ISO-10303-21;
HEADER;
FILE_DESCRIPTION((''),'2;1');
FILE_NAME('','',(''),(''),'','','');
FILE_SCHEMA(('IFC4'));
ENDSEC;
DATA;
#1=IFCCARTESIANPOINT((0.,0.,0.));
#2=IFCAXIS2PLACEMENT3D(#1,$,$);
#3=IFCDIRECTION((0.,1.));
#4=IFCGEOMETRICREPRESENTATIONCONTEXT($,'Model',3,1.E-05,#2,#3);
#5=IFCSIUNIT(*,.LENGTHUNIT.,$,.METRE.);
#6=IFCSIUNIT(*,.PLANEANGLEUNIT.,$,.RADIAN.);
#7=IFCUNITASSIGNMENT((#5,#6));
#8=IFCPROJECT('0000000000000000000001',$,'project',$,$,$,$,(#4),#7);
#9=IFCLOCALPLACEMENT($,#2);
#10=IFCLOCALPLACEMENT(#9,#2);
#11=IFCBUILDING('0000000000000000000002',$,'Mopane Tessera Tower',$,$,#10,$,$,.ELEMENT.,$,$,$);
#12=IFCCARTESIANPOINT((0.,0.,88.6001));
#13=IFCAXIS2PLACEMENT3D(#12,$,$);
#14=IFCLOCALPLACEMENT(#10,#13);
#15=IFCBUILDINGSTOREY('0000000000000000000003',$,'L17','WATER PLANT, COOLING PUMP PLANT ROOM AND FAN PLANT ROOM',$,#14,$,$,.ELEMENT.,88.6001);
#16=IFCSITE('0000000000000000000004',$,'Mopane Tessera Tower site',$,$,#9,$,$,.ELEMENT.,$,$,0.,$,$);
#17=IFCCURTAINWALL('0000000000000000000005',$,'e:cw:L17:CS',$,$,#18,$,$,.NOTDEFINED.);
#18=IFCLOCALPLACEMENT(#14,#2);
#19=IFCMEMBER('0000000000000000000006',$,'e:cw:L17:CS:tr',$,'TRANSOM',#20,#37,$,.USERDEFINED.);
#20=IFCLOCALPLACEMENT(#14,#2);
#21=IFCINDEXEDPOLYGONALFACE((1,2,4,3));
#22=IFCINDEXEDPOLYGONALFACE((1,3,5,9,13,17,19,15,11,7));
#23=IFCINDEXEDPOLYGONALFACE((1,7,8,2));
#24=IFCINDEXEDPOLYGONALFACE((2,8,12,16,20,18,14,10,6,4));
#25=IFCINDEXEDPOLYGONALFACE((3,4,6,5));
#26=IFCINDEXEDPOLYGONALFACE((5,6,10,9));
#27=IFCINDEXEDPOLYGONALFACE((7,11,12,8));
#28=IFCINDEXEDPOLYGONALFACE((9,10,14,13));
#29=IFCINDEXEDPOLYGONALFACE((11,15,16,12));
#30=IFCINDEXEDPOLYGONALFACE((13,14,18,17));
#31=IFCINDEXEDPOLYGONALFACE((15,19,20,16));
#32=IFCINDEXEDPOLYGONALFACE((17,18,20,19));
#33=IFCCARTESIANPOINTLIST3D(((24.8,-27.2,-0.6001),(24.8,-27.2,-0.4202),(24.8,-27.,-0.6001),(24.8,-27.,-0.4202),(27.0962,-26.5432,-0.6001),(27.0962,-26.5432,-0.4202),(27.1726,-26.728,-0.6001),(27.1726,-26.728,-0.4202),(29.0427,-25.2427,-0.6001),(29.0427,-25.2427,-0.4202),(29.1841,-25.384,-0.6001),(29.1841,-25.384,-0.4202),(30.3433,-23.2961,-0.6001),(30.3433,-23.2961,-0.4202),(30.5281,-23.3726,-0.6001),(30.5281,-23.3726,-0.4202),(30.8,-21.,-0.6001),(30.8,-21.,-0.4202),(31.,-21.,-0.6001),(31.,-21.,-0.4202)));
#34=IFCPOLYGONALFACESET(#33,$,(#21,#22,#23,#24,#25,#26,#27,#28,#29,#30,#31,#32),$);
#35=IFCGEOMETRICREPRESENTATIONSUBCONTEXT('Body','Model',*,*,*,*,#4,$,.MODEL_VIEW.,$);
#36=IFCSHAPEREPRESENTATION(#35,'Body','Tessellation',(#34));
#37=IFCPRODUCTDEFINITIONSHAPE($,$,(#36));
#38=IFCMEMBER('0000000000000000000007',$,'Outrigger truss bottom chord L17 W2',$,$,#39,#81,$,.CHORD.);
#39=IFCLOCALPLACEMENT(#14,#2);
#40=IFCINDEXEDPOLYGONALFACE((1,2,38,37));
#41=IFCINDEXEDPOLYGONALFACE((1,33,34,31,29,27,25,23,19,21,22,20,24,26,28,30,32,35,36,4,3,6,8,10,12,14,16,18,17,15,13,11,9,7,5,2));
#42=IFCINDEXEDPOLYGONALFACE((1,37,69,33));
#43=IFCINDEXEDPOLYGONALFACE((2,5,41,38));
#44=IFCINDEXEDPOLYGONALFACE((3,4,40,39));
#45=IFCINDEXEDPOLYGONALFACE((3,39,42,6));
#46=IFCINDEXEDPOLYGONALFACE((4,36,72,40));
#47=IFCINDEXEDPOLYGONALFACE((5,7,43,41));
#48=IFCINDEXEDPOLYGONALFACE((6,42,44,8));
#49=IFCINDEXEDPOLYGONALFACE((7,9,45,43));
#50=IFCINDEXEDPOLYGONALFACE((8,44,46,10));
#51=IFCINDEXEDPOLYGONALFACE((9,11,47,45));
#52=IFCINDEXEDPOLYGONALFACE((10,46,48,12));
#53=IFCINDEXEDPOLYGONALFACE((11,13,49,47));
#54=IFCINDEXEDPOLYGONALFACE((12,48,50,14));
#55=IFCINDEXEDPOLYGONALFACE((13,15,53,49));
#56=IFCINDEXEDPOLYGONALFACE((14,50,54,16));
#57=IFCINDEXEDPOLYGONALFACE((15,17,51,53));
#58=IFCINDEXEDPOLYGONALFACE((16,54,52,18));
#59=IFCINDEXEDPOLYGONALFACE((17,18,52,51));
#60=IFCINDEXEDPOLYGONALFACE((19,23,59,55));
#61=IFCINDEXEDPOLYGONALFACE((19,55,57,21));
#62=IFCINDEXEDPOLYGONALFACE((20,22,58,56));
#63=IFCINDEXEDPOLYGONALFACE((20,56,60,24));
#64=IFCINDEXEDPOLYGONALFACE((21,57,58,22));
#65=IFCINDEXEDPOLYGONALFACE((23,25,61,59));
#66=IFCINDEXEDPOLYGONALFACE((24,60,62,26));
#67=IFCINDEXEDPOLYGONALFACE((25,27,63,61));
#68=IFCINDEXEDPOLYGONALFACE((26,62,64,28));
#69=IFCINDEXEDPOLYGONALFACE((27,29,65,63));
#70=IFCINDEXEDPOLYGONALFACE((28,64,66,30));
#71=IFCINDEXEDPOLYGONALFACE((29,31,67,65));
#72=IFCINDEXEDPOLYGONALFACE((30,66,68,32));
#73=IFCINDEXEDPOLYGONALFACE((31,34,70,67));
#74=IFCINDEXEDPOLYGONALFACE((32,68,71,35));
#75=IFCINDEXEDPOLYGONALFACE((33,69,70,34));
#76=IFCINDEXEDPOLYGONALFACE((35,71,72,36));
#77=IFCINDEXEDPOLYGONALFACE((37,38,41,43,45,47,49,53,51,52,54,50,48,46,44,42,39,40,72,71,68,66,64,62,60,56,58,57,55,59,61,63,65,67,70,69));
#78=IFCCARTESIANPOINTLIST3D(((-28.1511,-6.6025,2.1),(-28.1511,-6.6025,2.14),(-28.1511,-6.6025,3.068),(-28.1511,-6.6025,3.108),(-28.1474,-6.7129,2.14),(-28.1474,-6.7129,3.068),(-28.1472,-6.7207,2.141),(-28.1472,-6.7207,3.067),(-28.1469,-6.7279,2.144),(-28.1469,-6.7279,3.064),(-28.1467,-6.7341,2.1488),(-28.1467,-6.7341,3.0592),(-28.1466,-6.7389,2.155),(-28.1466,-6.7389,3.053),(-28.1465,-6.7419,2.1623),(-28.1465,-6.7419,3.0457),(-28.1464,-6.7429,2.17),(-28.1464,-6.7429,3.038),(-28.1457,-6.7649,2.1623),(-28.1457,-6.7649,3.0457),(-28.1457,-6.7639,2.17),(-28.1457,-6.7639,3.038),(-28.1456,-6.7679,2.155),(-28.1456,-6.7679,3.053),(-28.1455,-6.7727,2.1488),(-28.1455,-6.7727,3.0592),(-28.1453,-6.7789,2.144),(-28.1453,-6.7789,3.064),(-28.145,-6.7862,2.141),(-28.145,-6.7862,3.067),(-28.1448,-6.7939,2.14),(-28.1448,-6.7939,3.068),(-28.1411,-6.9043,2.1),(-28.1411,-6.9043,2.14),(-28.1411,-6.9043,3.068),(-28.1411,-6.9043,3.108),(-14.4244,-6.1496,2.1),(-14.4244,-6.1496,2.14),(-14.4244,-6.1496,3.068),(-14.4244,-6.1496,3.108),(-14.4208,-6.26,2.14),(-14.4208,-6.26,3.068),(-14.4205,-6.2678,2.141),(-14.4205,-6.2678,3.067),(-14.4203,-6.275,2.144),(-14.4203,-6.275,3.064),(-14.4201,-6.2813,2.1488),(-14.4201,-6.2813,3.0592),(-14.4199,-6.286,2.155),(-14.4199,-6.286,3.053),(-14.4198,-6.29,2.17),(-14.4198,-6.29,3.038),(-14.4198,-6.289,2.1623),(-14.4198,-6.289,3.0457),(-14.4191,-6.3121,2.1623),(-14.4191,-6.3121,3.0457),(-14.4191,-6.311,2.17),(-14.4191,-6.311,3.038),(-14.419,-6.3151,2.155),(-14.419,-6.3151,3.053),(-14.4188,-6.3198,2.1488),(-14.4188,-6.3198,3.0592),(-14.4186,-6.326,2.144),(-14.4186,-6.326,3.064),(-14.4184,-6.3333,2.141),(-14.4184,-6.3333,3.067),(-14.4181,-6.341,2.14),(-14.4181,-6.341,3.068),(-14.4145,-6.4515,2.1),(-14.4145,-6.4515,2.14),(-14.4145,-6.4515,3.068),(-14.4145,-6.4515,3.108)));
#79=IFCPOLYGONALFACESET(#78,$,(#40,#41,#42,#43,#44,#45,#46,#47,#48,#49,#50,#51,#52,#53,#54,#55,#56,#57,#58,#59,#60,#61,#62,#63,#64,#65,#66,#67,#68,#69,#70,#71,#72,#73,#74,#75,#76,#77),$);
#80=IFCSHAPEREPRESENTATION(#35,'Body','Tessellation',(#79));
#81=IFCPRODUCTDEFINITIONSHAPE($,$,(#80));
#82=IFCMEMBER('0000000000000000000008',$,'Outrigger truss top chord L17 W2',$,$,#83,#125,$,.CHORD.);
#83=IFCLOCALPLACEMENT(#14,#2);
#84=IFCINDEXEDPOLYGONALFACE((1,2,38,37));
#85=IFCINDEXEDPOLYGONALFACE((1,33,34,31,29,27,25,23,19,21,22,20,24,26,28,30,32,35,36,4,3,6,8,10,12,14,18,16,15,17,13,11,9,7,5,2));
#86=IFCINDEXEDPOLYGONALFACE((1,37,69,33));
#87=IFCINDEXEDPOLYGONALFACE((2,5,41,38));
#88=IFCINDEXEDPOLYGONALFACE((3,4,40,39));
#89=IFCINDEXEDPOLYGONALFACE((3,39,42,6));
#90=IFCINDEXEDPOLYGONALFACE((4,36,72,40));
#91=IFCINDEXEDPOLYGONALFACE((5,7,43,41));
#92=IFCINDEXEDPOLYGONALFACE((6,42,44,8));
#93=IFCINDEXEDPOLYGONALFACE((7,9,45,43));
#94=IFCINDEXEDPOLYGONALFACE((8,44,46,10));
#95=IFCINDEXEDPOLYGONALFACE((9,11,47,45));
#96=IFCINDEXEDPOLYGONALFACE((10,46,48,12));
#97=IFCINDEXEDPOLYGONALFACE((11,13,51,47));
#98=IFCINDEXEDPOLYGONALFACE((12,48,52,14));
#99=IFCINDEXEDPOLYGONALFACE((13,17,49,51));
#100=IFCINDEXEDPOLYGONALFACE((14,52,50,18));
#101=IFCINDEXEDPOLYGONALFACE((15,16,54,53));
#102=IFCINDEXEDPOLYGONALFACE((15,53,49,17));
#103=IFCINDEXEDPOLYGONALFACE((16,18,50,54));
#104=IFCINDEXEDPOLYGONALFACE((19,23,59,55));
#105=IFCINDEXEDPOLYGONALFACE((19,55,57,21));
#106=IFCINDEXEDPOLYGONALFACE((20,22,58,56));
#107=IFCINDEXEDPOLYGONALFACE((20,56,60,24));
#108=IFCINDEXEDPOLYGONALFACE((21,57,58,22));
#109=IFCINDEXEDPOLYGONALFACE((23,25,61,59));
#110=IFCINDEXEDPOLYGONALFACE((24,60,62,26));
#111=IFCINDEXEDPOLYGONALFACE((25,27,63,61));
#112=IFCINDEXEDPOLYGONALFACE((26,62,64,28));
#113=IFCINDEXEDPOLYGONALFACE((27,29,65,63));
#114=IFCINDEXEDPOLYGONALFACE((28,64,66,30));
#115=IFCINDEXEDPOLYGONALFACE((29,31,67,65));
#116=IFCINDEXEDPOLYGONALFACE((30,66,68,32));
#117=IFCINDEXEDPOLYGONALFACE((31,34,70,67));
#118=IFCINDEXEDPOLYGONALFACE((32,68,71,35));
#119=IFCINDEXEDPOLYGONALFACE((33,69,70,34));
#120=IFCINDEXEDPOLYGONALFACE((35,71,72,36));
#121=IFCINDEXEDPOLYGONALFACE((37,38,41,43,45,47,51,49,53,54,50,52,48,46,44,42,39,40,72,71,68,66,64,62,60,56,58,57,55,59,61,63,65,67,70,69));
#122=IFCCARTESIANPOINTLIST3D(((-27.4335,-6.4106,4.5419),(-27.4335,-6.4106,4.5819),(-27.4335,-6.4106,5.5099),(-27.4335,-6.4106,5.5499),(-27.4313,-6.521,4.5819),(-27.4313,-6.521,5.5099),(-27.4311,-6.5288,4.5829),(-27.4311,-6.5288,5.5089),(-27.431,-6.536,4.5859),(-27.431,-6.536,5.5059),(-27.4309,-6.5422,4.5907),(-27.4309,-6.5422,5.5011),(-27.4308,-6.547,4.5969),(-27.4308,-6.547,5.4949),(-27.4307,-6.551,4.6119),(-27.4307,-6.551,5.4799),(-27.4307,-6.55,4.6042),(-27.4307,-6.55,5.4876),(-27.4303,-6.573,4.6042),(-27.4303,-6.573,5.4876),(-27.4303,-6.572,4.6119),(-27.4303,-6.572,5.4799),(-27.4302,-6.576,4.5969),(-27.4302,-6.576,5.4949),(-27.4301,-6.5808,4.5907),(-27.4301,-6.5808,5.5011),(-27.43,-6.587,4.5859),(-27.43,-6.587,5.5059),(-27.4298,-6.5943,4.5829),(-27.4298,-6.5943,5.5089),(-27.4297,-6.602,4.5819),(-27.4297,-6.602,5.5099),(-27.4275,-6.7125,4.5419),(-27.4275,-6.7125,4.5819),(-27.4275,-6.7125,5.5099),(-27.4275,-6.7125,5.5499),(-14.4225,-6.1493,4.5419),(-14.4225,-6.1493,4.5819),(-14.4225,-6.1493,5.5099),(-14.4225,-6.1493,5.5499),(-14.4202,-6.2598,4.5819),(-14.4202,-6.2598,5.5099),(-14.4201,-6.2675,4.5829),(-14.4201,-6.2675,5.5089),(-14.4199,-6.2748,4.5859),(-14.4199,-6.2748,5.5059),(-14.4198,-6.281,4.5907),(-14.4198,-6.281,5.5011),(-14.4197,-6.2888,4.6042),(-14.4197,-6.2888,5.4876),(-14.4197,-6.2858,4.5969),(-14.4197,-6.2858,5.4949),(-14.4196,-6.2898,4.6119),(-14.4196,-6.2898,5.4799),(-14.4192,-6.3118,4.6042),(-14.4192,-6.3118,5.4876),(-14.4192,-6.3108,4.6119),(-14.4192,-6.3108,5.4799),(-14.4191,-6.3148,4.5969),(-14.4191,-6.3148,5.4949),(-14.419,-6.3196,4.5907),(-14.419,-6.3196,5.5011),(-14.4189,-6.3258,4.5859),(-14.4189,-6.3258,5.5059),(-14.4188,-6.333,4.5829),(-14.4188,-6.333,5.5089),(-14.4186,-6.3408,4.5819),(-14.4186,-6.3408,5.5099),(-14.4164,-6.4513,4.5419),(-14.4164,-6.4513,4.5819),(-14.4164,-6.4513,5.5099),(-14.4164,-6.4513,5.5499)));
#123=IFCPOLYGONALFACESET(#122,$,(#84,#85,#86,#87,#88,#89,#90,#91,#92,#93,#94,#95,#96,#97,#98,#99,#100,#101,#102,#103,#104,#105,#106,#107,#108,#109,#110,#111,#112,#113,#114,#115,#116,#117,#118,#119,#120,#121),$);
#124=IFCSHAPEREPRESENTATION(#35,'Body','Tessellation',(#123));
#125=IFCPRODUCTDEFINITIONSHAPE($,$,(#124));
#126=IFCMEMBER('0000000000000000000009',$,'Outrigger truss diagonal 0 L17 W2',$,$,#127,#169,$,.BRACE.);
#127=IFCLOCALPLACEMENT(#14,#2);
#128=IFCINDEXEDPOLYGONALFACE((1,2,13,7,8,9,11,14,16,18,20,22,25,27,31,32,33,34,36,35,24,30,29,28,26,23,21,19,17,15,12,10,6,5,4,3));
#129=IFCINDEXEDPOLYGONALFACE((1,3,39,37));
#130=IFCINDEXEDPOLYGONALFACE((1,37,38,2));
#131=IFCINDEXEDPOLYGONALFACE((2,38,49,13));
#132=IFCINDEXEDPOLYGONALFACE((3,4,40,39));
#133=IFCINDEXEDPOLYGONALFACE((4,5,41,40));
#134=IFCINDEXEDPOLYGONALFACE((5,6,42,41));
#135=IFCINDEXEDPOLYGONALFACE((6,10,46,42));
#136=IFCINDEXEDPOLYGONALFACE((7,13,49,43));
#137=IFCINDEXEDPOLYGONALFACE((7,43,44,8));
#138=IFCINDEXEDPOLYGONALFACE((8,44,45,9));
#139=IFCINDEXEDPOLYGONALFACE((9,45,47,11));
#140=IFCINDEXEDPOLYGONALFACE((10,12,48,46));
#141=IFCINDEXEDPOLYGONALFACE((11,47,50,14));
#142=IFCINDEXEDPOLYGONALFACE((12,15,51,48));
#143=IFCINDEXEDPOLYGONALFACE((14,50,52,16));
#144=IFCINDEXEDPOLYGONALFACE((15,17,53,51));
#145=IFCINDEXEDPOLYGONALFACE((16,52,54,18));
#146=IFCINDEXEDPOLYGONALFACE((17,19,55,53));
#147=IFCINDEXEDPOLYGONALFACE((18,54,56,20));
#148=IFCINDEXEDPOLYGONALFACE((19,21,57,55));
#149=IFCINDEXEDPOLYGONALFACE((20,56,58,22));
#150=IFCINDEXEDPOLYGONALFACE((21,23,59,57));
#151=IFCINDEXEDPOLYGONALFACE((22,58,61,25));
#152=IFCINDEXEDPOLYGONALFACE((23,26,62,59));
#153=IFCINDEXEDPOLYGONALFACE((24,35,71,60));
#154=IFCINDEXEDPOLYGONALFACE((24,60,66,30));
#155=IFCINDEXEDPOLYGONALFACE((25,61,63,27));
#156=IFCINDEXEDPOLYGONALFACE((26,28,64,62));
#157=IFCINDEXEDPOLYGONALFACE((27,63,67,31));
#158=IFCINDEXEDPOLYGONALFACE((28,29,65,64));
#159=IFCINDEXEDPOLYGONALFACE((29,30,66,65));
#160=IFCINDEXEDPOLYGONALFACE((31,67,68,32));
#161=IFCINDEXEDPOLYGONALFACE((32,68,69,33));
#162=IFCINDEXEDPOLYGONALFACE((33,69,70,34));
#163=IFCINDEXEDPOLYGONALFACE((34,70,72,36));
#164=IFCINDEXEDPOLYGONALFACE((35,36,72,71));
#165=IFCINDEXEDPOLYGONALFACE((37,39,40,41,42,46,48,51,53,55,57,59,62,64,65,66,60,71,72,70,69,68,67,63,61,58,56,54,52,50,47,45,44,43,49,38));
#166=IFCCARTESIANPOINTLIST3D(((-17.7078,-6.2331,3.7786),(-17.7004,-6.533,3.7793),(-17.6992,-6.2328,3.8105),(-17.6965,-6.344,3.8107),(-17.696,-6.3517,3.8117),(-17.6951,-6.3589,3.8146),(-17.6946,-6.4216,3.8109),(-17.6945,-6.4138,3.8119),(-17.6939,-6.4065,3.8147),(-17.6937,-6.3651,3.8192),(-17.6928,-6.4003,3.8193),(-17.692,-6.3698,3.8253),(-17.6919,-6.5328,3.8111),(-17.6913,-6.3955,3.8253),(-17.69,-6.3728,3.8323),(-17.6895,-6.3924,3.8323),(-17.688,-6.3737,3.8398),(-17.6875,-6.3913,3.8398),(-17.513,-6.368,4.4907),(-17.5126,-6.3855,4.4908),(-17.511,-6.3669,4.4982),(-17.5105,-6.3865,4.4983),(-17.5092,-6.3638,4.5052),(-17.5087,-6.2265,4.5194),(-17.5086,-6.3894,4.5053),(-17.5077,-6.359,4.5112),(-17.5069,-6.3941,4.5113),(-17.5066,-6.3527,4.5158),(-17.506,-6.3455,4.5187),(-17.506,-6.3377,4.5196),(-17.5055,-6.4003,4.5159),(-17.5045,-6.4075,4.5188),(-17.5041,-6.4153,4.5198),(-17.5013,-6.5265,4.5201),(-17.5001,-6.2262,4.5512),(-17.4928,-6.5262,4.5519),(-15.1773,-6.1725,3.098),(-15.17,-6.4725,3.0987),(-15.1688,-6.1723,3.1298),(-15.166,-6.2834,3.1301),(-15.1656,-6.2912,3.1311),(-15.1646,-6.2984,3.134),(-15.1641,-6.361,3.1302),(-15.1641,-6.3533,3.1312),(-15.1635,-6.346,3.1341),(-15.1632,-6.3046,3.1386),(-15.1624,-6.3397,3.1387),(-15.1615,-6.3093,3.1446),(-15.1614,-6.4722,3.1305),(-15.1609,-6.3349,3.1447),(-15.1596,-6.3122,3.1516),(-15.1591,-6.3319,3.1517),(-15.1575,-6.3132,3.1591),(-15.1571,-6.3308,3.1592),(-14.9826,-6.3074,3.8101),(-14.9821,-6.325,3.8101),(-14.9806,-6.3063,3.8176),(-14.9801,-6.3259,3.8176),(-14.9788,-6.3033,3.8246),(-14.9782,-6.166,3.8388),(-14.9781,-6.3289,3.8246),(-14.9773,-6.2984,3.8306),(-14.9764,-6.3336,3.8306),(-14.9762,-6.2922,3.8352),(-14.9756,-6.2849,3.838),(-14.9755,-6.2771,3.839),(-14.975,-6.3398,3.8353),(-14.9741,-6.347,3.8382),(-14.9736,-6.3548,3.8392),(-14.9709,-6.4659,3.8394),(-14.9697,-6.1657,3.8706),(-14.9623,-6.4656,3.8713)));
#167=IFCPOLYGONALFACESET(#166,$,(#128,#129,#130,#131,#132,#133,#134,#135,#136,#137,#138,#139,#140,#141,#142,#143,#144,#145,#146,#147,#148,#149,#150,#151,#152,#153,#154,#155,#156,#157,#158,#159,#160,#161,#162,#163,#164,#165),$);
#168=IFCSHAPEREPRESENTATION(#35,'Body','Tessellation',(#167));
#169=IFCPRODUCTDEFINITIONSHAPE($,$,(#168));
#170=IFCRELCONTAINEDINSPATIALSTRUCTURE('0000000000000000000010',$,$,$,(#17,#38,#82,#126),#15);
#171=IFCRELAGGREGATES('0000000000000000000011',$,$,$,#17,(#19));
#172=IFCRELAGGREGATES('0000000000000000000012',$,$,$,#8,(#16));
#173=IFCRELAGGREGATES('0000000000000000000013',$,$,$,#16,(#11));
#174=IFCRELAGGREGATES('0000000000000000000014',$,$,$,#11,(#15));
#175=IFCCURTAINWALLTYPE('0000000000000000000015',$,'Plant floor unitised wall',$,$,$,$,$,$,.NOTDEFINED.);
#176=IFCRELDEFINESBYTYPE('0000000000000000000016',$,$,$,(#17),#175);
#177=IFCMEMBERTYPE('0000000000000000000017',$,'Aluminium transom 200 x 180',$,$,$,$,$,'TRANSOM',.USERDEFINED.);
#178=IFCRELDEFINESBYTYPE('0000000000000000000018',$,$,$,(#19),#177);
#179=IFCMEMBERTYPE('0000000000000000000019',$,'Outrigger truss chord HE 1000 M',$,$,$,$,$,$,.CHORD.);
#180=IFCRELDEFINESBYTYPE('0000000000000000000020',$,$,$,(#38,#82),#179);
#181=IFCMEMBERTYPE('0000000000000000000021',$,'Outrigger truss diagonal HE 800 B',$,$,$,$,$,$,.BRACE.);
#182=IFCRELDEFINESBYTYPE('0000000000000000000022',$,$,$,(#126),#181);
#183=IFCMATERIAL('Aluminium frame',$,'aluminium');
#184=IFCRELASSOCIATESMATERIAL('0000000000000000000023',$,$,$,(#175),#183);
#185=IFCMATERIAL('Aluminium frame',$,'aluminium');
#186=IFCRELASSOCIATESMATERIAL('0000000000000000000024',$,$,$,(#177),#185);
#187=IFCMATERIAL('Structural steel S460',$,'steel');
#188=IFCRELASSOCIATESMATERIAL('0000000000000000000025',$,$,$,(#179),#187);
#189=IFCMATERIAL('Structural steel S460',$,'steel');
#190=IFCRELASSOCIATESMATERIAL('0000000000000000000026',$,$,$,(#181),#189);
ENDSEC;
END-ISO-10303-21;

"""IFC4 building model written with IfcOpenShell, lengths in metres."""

from ifc_helpers import new_model, si_unit, direction, frame, origin, origin_2d, place, context, subcontext, project, spatial, polyline, rectangle, i_section, outline, extrude, material, material_profile, profile_set, type_object, element, aggregate, save


model = new_model("IFC4")

# Units and contexts
model_context = context("Model", 3, precision=1e-05, world=origin(), true_north=direction((0.0, 1.0)))
body_context = subcontext(model_context, "Body", "Model", "MODEL_VIEW")
ifc_project = project(units=[si_unit("LENGTHUNIT", "METRE"), si_unit("PLANEANGLEUNIT", "RADIAN")], contexts=[model_context])

# Site, building, storey
site_placement = place(None, origin())
site = spatial("IfcSite", under=ifc_project, at=site_placement, Name="Mopane Tessera Tower site", CompositionType="ELEMENT", RefElevation=0.0)
building_placement = place(site_placement, origin())
building = spatial("IfcBuilding", under=site, at=building_placement, Name="Mopane Tessera Tower", CompositionType="ELEMENT")
storey_placement = place(building_placement, frame((0.0, 0.0, 88.6001)))
storey = spatial("IfcBuildingStorey", under=building, at=storey_placement, Name="L17", Description="WATER PLANT, COOLING PUMP PLANT ROOM AND FAN PLANT ROOM", CompositionType="ELEMENT", Elevation=88.6001)

# Curtain wall, member
ifc_material_1 = material(Name="Aluminium frame", Category="aluminium")
curtain_wall_type = type_object("IfcCurtainWallType", Name="Plant floor unitised wall", PredefinedType="NOTDEFINED", material=ifc_material_1)
curtain_wall_placement = place(storey_placement, origin())
curtain_wall = element("IfcCurtainWall", 1, at=curtain_wall_placement, inside=storey, type_object=curtain_wall_type, Name="e:cw:L17:CS", PredefinedType="NOTDEFINED")
ifc_material_2 = material(Name="Aluminium frame", Category="aluminium")
ifc_material_profile_1 = material_profile(ifc_material_2, rectangle(XDim=0.2, YDim=0.1799, at=origin_2d()))
ifc_profile_set_1 = profile_set([ifc_material_profile_1], Name="Aluminium frame")
member_type_1 = type_object("IfcMemberType", Name="Aluminium transom 200 x 180", ElementType="TRANSOM", PredefinedType="USERDEFINED", material=ifc_profile_set_1)
member_1_placement = place(storey_placement, frame((0.0, 0.0, -0.6001)))
member_1 = element("IfcMember", 2, at=member_1_placement, type_object=member_type_1, Name="e:cw:L17:CS:tr", ObjectType="TRANSOM", PredefinedType="USERDEFINED", context=body_context, shape_type="SweptSolid", body=[
    extrude(outline(polyline([(24.8, -27.0), (27.0962, -26.5432), (29.0427, -25.2427), (30.3433, -23.2961), (30.8, -21.0), (31.0, -21.0), (30.5281, -23.3726), (29.1841, -25.384), (27.1726, -26.728), (24.8, -27.2), (24.8, -27.0)])), origin(), (0.0, 0.0, 1.0), 0.1799),
])
aggregate(curtain_wall, [member_1])

# Members
ifc_material_3 = material(Name="Structural steel S460", Category="steel")
ifc_material_profile_2 = material_profile(ifc_material_3, i_section(OverallWidth=0.302, OverallDepth=1.0081, WebThickness=0.021, FlangeThickness=0.04, FilletRadius=0.03, at=origin_2d()))
ifc_profile_set_2 = profile_set([ifc_material_profile_2], Name="Structural steel S460")
member_type_2 = type_object("IfcMemberType", Name="Outrigger truss chord HE 1000 M", PredefinedType="CHORD", material=ifc_profile_set_2)
member_2_placement = place(storey_placement, frame((-14.4194, -6.3005, 2.604), z_axis=(-0.999456, -0.032975, 0.0), x_axis=(0.032975, -0.999456, 0.0)))
element("IfcMember", 3, at=member_2_placement, inside=storey, type_object=member_type_2, Name="Outrigger truss bottom chord L17 W2", PredefinedType="CHORD", context=body_context, shape_type="SweptSolid", body=[
    extrude(i_section(OverallWidth=0.302, OverallDepth=1.0081, WebThickness=0.021, FlangeThickness=0.04, FilletRadius=0.03, at=origin_2d()), origin(), (0.0, 0.0, 1.0), 13.7341),
])
member_3_placement = place(storey_placement, frame((-14.4194, -6.3003, 5.0459), z_axis=(-0.999799, -0.020074, 0.0), x_axis=(0.020074, -0.999799, 0.0)))
element("IfcMember", 4, at=member_3_placement, inside=storey, type_object=member_type_2, Name="Outrigger truss top chord L17 W2", PredefinedType="CHORD", context=body_context, shape_type="SweptSolid", body=[
    extrude(i_section(OverallWidth=0.302, OverallDepth=1.0081, WebThickness=0.021, FlangeThickness=0.04, FilletRadius=0.03, at=origin_2d()), origin(), (0.0, 0.0, 1.0), 13.0137),
])
ifc_material_4 = material(Name="Structural steel S460", Category="steel")
ifc_material_profile_3 = material_profile(ifc_material_4, i_section(OverallWidth=0.3, OverallDepth=0.8, WebThickness=0.0176, FlangeThickness=0.033, FilletRadius=0.03, at=origin_2d()))
ifc_profile_set_3 = profile_set([ifc_material_profile_3], Name="Structural steel S460")
member_type_3 = type_object("IfcMemberType", Name="Outrigger truss diagonal HE 800 B", PredefinedType="BRACE", material=ifc_profile_set_3)
member_4_placement = place(storey_placement, frame((-15.0698, -6.3191, 3.4846), z_axis=(-0.965418, -0.023099, 0.25968), x_axis=(0.02453, -0.999697, 0.002272)))
element("IfcMember", 5, at=member_4_placement, inside=storey, type_object=member_type_3, Name="Outrigger truss diagonal 0 L17 W2", PredefinedType="BRACE", context=body_context, shape_type="SweptSolid", body=[
    extrude(i_section(OverallWidth=0.3, OverallDepth=0.8, WebThickness=0.0176, FlangeThickness=0.033, FilletRadius=0.03, at=origin_2d()), origin(), (0.0, 0.0, 1.0), 2.6211),
])

save(model, "model.ifc")
